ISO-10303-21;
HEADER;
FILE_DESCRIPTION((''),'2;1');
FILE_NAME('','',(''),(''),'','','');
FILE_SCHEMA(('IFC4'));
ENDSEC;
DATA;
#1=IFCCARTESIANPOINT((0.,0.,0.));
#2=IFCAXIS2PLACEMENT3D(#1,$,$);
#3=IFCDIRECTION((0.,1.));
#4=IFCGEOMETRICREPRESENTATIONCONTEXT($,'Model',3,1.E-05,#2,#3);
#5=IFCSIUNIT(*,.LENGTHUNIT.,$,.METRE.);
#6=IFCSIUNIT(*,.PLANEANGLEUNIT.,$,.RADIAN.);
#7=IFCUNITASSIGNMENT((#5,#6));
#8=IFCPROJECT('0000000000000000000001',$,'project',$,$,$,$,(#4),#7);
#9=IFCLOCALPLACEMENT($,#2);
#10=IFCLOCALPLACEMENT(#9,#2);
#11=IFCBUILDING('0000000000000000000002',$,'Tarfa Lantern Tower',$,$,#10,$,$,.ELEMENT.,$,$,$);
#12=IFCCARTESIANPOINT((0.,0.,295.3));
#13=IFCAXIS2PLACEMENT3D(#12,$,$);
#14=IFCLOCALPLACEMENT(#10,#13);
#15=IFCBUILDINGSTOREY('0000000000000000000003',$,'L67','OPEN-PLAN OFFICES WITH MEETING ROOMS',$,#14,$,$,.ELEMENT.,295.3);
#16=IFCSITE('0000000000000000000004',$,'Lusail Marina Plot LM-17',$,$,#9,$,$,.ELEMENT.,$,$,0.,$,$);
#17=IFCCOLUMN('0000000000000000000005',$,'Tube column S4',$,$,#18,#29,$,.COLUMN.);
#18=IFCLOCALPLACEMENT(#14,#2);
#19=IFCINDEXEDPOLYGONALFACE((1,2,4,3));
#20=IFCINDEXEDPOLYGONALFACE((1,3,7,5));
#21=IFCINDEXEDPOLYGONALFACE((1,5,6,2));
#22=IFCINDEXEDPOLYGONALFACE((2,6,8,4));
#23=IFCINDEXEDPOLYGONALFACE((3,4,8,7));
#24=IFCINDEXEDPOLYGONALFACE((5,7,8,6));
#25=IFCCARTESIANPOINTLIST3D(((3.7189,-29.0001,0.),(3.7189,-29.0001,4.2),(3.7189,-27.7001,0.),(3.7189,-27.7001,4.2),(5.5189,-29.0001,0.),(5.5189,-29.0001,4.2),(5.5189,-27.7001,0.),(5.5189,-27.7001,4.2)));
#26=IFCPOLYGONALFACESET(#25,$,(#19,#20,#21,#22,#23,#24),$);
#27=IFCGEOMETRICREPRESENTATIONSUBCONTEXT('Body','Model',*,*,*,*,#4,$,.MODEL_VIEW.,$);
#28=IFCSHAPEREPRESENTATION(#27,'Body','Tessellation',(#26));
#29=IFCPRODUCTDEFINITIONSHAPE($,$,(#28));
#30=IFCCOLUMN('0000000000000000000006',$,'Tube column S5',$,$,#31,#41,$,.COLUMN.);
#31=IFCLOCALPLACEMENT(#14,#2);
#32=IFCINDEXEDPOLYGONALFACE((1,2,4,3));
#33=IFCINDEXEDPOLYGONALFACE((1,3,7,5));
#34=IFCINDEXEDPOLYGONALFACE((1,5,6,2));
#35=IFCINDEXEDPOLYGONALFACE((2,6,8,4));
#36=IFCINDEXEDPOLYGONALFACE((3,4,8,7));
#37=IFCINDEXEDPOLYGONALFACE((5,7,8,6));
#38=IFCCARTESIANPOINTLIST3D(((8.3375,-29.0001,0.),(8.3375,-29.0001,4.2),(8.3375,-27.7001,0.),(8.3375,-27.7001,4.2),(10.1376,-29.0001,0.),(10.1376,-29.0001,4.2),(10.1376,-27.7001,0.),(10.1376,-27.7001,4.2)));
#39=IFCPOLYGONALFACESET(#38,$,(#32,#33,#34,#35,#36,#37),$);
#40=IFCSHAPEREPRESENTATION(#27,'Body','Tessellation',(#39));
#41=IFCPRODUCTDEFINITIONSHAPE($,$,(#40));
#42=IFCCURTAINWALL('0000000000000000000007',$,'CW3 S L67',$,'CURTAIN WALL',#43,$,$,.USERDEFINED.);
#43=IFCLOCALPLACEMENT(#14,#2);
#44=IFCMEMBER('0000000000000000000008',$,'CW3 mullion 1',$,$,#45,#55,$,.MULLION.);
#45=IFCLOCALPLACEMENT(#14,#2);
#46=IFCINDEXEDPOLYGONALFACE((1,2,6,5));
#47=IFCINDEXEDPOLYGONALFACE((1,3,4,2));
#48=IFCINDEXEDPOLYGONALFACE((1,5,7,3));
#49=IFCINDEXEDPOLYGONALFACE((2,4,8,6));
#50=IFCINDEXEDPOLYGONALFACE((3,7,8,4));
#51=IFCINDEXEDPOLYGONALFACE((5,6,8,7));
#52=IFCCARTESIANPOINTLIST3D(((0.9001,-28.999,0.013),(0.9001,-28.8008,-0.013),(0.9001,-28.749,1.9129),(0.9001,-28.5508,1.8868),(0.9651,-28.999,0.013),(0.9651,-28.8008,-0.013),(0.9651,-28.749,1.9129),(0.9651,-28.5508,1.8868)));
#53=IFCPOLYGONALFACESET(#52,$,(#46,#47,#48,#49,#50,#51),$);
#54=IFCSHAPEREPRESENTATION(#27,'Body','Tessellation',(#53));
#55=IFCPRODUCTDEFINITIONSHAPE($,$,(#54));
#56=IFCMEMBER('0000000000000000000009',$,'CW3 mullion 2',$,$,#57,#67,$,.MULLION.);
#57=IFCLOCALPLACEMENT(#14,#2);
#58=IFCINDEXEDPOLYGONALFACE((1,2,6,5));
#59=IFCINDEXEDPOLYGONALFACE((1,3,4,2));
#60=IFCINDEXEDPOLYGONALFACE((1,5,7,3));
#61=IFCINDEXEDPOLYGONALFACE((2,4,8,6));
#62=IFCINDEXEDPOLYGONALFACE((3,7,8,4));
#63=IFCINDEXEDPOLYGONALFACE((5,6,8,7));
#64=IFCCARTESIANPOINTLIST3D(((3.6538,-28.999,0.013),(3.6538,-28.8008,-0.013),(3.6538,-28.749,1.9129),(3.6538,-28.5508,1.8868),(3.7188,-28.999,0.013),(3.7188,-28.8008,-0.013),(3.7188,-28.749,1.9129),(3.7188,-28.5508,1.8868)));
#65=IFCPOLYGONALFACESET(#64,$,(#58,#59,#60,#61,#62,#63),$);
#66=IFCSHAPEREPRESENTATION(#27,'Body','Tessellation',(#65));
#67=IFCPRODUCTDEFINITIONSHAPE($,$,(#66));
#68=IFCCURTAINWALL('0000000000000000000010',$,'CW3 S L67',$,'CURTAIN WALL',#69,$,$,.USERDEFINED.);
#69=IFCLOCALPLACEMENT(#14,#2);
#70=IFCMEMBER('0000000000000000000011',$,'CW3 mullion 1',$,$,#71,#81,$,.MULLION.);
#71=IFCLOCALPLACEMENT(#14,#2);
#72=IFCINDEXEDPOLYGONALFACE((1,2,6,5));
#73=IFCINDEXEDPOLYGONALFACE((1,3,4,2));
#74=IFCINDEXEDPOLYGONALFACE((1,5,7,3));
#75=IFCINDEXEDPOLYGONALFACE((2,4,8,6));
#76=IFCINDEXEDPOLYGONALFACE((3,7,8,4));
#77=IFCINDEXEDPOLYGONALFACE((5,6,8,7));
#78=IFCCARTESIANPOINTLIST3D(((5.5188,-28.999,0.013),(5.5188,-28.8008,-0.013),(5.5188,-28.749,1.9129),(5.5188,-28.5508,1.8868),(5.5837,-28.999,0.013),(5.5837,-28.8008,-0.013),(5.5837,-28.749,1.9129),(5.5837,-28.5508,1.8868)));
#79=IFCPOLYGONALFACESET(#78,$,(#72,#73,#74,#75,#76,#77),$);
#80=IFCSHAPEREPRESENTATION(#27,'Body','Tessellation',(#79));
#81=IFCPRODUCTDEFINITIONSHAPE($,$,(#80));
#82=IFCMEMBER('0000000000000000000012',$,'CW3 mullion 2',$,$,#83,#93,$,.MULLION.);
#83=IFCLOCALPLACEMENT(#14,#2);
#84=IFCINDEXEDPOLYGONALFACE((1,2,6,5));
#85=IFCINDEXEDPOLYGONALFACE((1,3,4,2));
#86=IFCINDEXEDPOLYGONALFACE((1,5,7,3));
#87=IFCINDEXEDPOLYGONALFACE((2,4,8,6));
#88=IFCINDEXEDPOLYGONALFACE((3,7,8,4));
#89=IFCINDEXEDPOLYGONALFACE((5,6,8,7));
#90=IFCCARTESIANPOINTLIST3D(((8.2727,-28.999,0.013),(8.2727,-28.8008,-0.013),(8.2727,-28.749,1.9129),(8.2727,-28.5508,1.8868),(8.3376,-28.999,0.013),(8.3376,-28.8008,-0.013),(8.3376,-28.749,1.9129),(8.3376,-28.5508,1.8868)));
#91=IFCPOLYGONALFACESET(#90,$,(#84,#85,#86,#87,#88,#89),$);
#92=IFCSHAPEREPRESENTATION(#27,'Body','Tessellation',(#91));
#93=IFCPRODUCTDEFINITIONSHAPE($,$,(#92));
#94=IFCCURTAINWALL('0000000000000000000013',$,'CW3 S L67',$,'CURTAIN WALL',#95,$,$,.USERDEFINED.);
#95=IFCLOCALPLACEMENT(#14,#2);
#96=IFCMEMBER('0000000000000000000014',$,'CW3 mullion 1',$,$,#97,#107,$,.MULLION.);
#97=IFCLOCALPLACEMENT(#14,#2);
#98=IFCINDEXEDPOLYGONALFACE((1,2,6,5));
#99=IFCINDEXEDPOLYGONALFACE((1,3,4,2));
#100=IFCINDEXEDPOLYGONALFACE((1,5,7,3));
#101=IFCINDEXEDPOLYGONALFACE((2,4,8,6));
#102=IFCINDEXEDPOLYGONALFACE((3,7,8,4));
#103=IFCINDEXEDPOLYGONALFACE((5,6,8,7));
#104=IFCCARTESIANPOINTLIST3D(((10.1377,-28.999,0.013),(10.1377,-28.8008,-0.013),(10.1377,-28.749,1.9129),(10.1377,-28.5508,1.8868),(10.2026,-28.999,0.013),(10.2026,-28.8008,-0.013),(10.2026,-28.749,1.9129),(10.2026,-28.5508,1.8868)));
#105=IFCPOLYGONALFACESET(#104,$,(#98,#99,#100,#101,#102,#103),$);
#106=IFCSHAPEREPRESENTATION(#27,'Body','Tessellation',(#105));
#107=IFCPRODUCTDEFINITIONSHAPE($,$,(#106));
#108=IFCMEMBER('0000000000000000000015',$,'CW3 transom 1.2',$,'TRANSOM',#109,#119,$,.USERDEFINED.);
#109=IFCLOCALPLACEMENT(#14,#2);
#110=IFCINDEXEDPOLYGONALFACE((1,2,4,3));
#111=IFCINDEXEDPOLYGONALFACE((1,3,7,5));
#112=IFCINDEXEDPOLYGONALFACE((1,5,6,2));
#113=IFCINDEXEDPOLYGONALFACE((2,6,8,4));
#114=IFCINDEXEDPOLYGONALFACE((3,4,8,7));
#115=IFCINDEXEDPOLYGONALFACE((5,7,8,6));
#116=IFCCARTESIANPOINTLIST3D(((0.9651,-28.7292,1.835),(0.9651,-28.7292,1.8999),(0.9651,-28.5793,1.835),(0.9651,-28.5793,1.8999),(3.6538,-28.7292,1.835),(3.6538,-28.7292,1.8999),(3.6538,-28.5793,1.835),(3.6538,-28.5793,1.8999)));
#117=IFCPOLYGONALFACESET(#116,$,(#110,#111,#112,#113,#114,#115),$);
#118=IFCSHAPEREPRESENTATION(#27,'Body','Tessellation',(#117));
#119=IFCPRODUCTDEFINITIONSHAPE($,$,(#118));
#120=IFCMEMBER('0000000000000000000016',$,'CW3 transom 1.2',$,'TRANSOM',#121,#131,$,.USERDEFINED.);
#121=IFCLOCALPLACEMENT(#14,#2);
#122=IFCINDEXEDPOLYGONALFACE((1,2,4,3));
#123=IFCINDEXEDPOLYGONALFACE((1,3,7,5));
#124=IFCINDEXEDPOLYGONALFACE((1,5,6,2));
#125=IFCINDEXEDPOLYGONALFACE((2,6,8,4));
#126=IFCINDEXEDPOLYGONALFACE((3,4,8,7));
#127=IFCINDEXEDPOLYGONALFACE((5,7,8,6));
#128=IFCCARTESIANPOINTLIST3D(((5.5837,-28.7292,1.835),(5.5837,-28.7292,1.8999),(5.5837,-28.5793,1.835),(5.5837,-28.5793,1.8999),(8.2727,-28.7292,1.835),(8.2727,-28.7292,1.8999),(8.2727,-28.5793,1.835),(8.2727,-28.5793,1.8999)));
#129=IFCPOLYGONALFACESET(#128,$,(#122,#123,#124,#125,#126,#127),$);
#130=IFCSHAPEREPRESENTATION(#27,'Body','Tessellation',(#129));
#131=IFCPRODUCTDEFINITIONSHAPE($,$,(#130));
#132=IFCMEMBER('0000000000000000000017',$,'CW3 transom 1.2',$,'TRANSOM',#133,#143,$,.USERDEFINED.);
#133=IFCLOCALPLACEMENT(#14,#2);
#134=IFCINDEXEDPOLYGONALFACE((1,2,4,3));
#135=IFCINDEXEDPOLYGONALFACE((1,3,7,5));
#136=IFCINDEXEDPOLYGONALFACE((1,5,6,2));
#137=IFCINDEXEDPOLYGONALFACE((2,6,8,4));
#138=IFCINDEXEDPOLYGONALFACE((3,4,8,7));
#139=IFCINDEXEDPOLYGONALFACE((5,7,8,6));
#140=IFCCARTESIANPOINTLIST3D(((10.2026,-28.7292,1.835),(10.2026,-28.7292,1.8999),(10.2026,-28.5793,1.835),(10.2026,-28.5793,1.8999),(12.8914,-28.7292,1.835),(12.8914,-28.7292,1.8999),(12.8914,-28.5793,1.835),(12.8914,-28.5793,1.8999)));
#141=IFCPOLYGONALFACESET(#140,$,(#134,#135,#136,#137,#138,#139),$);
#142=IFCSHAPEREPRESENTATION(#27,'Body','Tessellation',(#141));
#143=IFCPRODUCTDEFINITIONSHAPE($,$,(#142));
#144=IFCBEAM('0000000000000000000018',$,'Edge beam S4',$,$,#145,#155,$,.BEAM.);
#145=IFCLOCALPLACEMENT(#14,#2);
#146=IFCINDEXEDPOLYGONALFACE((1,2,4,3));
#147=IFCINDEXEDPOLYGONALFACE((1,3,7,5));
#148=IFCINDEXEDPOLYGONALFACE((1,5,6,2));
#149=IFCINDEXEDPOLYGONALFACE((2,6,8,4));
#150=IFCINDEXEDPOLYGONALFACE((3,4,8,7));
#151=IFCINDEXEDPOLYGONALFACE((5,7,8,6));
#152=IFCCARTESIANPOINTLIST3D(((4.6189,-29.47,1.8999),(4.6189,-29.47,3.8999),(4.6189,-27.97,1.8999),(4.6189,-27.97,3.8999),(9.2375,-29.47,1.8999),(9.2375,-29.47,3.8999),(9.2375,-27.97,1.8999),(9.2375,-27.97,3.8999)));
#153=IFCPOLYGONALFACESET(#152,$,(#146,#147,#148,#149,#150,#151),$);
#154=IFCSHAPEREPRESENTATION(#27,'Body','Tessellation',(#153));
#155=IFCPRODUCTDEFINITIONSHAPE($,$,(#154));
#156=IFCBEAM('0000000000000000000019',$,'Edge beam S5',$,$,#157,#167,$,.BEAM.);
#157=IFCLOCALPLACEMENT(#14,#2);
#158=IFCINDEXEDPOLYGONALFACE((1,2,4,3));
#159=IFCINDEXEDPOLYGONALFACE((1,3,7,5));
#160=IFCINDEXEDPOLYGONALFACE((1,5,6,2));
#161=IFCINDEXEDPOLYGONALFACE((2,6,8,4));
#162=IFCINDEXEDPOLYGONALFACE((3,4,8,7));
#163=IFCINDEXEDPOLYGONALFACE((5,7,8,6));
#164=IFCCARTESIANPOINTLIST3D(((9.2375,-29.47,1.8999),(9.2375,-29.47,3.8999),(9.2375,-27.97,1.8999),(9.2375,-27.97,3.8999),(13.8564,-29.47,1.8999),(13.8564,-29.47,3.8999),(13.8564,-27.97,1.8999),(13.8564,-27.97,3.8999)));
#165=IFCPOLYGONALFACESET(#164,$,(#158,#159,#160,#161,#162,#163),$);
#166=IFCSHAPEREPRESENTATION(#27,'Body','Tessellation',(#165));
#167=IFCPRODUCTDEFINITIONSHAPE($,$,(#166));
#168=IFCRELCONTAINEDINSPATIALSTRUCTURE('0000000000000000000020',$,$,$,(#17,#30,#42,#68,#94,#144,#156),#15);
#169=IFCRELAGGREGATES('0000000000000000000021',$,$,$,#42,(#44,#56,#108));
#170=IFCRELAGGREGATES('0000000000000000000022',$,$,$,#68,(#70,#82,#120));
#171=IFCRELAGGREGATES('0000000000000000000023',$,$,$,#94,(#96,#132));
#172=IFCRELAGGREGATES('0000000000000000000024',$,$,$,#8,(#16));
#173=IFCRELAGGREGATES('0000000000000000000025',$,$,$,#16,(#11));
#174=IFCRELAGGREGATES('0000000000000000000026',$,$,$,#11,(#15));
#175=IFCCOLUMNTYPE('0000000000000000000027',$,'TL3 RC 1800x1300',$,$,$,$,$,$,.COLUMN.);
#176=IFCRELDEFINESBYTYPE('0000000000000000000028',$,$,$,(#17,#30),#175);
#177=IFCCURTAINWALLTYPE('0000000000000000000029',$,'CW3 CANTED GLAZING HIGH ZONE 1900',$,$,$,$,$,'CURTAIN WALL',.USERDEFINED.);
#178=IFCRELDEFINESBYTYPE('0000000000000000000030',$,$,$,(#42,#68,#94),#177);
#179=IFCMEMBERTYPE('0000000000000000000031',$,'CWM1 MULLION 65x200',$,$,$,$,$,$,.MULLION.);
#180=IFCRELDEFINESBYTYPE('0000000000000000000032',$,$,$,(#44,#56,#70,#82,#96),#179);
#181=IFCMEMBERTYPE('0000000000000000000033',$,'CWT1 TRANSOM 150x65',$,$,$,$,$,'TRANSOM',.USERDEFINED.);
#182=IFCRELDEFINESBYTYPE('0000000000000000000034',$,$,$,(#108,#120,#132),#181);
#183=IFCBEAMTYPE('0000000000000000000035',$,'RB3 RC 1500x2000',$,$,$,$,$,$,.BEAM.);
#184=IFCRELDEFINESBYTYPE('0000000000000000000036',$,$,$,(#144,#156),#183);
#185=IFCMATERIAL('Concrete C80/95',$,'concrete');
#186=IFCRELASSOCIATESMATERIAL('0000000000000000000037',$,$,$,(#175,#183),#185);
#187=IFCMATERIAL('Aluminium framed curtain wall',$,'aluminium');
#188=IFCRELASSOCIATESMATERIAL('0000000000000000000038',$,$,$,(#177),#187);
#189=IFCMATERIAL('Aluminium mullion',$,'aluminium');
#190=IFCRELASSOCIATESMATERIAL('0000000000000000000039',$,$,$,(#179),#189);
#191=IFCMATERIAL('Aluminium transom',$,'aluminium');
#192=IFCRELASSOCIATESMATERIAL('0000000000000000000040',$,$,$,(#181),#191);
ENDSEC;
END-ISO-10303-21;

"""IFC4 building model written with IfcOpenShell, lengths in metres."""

from ifc_helpers import new_model, si_unit, direction, frame, origin, origin_2d, place, context, subcontext, project, spatial, rectangle, extrude, material, material_profile, profile_set, type_object, element, aggregate, save


model = new_model("IFC4")

# Units and contexts
model_context = context("Model", 3, precision=1e-05, world=origin(), true_north=direction((0.0, 1.0)))
body_context = subcontext(model_context, "Body", "Model", "MODEL_VIEW")
ifc_project = project(units=[si_unit("LENGTHUNIT", "METRE"), si_unit("PLANEANGLEUNIT", "RADIAN")], contexts=[model_context])

# Site, building, storey
site_placement = place(None, origin())
site = spatial("IfcSite", under=ifc_project, at=site_placement, Name="Lusail Marina Plot LM-17", CompositionType="ELEMENT", RefElevation=0.0)
building_placement = place(site_placement, origin())
building = spatial("IfcBuilding", under=site, at=building_placement, Name="Tarfa Lantern Tower", CompositionType="ELEMENT")
storey_placement = place(building_placement, frame((0.0, 0.0, 295.3)))
storey = spatial("IfcBuildingStorey", under=building, at=storey_placement, Name="L67", Description="OPEN-PLAN OFFICES WITH MEETING ROOMS", CompositionType="ELEMENT", Elevation=295.3)

# Columns
ifc_material_1 = material(Name="Concrete C80/95", Category="concrete")
ifc_material_profile_1 = material_profile(ifc_material_1, rectangle(XDim=1.8, YDim=1.3, at=origin_2d()), Name="RC 1800x1300")
ifc_profile_set_1 = profile_set([ifc_material_profile_1], Name="Concrete C80/95")
column_type = type_object("IfcColumnType", Name="TL3 RC 1800x1300", PredefinedType="COLUMN", material=ifc_profile_set_1)
for number, where, z_axis, x_axis, name in (
    (1, (4.6189, -28.3501, 0.0), (0.0, 0.0, 1.0), (1.0, 0.0, 0.0), "Tube column S4"),
    (2, (9.2375, -28.3501, 0.0), (0.0, 0.0, 1.0), (1.0, 0.0, 0.0), "Tube column S5"),
):
    element("IfcColumn", number, at=place(storey_placement, frame(where, z_axis=z_axis, x_axis=x_axis)), inside=storey, type_object=column_type, Name=name, PredefinedType="COLUMN", context=body_context, shape_type="SweptSolid", body=[
        extrude(rectangle(XDim=1.8, YDim=1.3, at=origin_2d()), origin(), (0.0, 0.0, 1.0), 4.2),
    ])

# Curtain walls, members
ifc_material_2 = material(Name="Aluminium framed curtain wall", Category="aluminium")
curtain_wall_type = type_object("IfcCurtainWallType", Name="CW3 CANTED GLAZING HIGH ZONE 1900", ElementType="CURTAIN WALL", PredefinedType="USERDEFINED", material=ifc_material_2)
curtain_wall_1_placement = place(storey_placement, origin())
curtain_wall_1 = element("IfcCurtainWall", 3, at=curtain_wall_1_placement, inside=storey, type_object=curtain_wall_type, Name="CW3 S L67", ObjectType="CURTAIN WALL", PredefinedType="USERDEFINED")
ifc_material_3 = material(Name="Aluminium mullion", Category="aluminium")
ifc_material_profile_2 = material_profile(ifc_material_3, rectangle(XDim=0.0649, YDim=0.2, at=origin_2d()), Name="AL MULLION 65x200")
ifc_profile_set_2 = profile_set([ifc_material_profile_2], Name="Aluminium mullion")
member_type_1 = type_object("IfcMemberType", Name="CWM1 MULLION 65x200", PredefinedType="MULLION", material=ifc_profile_set_2)
member_1_placement = place(storey_placement, frame((0.9326, -28.8999, 0.0), z_axis=(0.0, 0.130461, 0.991453), x_axis=(-1.0, 0.0, 0.0)))
member_1 = element("IfcMember", 4, at=member_1_placement, type_object=member_type_1, Name="CW3 mullion 1", PredefinedType="MULLION", context=body_context, shape_type="SweptSolid", body=[
    extrude(rectangle(XDim=0.0649, YDim=0.2, at=origin_2d()), origin(), (0.0, 0.0, 1.0), 1.9163),
])
member_2_placement = place(storey_placement, frame((3.6863, -28.8999, 0.0), z_axis=(0.0, 0.130461, 0.991453), x_axis=(-1.0, 0.0, 0.0)))
member_2 = element("IfcMember", 5, at=member_2_placement, type_object=member_type_1, Name="CW3 mullion 2", PredefinedType="MULLION", context=body_context, shape_type="SweptSolid", body=[
    extrude(rectangle(XDim=0.0649, YDim=0.2, at=origin_2d()), origin(), (0.0, 0.0, 1.0), 1.9163),
])
curtain_wall_2_placement = place(storey_placement, origin())
curtain_wall_2 = element("IfcCurtainWall", 6, at=curtain_wall_2_placement, inside=storey, type_object=curtain_wall_type, Name="CW3 S L67", ObjectType="CURTAIN WALL", PredefinedType="USERDEFINED")
member_3_placement = place(storey_placement, frame((5.5513, -28.8999, 0.0), z_axis=(0.0, 0.130461, 0.991453), x_axis=(-1.0, 0.0, 0.0)))
member_3 = element("IfcMember", 7, at=member_3_placement, type_object=member_type_1, Name="CW3 mullion 1", PredefinedType="MULLION", context=body_context, shape_type="SweptSolid", body=[
    extrude(rectangle(XDim=0.0649, YDim=0.2, at=origin_2d()), origin(), (0.0, 0.0, 1.0), 1.9163),
])
member_4_placement = place(storey_placement, frame((8.3052, -28.8999, 0.0), z_axis=(0.0, 0.130461, 0.991453), x_axis=(-1.0, 0.0, 0.0)))
member_4 = element("IfcMember", 8, at=member_4_placement, type_object=member_type_1, Name="CW3 mullion 2", PredefinedType="MULLION", context=body_context, shape_type="SweptSolid", body=[
    extrude(rectangle(XDim=0.0649, YDim=0.2, at=origin_2d()), origin(), (0.0, 0.0, 1.0), 1.9163),
])

# Curtain wall, member
curtain_wall_3_placement = place(storey_placement, origin())
curtain_wall_3 = element("IfcCurtainWall", 9, at=curtain_wall_3_placement, inside=storey, type_object=curtain_wall_type, Name="CW3 S L67", ObjectType="CURTAIN WALL", PredefinedType="USERDEFINED")
member_5_placement = place(storey_placement, frame((10.1702, -28.8999, 0.0), z_axis=(0.0, 0.130461, 0.991453), x_axis=(-1.0, 0.0, 0.0)))
member_5 = element("IfcMember", 10, at=member_5_placement, type_object=member_type_1, Name="CW3 mullion 1", PredefinedType="MULLION", context=body_context, shape_type="SweptSolid", body=[
    extrude(rectangle(XDim=0.0649, YDim=0.2, at=origin_2d()), origin(), (0.0, 0.0, 1.0), 1.9163),
])

# Members
ifc_material_4 = material(Name="Aluminium transom", Category="aluminium")
ifc_material_profile_3 = material_profile(ifc_material_4, rectangle(XDim=0.1499, YDim=0.0649, at=origin_2d()), Name="AL TRANSOM 150x65")
ifc_profile_set_3 = profile_set([ifc_material_profile_3], Name="Aluminium transom")
member_type_2 = type_object("IfcMemberType", Name="CWT1 TRANSOM 150x65", ElementType="TRANSOM", PredefinedType="USERDEFINED", material=ifc_profile_set_3)
member_6_placement = place(storey_placement, frame((0.9651, -28.6543, 1.8674), z_axis=(1.0, 0.0, 0.0), x_axis=(0.0, 1.0, 0.0)))
member_6 = element("IfcMember", 11, at=member_6_placement, type_object=member_type_2, Name="CW3 transom 1.2", ObjectType="TRANSOM", PredefinedType="USERDEFINED", context=body_context, shape_type="SweptSolid", body=[
    extrude(rectangle(XDim=0.1499, YDim=0.0649, at=origin_2d()), origin(), (0.0, 0.0, 1.0), 2.6887),
])
member_7_placement = place(storey_placement, frame((5.5837, -28.6543, 1.8674), z_axis=(1.0, 0.0, 0.0), x_axis=(0.0, 1.0, 0.0)))
member_7 = element("IfcMember", 12, at=member_7_placement, type_object=member_type_2, Name="CW3 transom 1.2", ObjectType="TRANSOM", PredefinedType="USERDEFINED", context=body_context, shape_type="SweptSolid", body=[
    extrude(rectangle(XDim=0.1499, YDim=0.0649, at=origin_2d()), origin(), (0.0, 0.0, 1.0), 2.689),
])
member_8_placement = place(storey_placement, frame((10.2026, -28.6543, 1.8674), z_axis=(1.0, 0.0, 0.0), x_axis=(0.0, 1.0, 0.0)))
member_8 = element("IfcMember", 13, at=member_8_placement, type_object=member_type_2, Name="CW3 transom 1.2", ObjectType="TRANSOM", PredefinedType="USERDEFINED", context=body_context, shape_type="SweptSolid", body=[
    extrude(rectangle(XDim=0.1499, YDim=0.0649, at=origin_2d()), origin(), (0.0, 0.0, 1.0), 2.6887),
])

# Beams
ifc_material_profile_4 = material_profile(ifc_material_1, rectangle(XDim=1.5, YDim=2.0, at=origin_2d()), Name="RC 1500x2000")
ifc_profile_set_4 = profile_set([ifc_material_profile_4], Name="Concrete C80/95")
beam_type_1 = type_object("IfcBeamType", Name="RB3 RC 1500x2000", PredefinedType="BEAM", material=ifc_profile_set_4)
beam_1_placement = place(storey_placement, frame((4.6189, -28.72, 2.8999), z_axis=(1.0, 0.0, 0.0), x_axis=(0.0, 1.0, 0.0)))
element("IfcBeam", 14, at=beam_1_placement, inside=storey, type_object=beam_type_1, Name="Edge beam S4", PredefinedType="BEAM", context=body_context, shape_type="SweptSolid", body=[
    extrude(rectangle(XDim=1.5, YDim=2.0, at=origin_2d()), origin(), (0.0, 0.0, 1.0), 4.6187),
])
beam_2_placement = place(storey_placement, frame((9.2375, -28.72, 2.8999), z_axis=(1.0, 0.0, 0.0), x_axis=(0.0, 1.0, 0.0)))
element("IfcBeam", 15, at=beam_2_placement, inside=storey, type_object=beam_type_1, Name="Edge beam S5", PredefinedType="BEAM", context=body_context, shape_type="SweptSolid", body=[
    extrude(rectangle(XDim=1.5, YDim=2.0, at=origin_2d()), origin(), (0.0, 0.0, 1.0), 4.6189),
])

aggregate(curtain_wall_1, [member_1, member_2, member_6])
aggregate(curtain_wall_2, [member_3, member_4, member_7])
aggregate(curtain_wall_3, [member_5, member_8])

save(model, "model.ifc")
